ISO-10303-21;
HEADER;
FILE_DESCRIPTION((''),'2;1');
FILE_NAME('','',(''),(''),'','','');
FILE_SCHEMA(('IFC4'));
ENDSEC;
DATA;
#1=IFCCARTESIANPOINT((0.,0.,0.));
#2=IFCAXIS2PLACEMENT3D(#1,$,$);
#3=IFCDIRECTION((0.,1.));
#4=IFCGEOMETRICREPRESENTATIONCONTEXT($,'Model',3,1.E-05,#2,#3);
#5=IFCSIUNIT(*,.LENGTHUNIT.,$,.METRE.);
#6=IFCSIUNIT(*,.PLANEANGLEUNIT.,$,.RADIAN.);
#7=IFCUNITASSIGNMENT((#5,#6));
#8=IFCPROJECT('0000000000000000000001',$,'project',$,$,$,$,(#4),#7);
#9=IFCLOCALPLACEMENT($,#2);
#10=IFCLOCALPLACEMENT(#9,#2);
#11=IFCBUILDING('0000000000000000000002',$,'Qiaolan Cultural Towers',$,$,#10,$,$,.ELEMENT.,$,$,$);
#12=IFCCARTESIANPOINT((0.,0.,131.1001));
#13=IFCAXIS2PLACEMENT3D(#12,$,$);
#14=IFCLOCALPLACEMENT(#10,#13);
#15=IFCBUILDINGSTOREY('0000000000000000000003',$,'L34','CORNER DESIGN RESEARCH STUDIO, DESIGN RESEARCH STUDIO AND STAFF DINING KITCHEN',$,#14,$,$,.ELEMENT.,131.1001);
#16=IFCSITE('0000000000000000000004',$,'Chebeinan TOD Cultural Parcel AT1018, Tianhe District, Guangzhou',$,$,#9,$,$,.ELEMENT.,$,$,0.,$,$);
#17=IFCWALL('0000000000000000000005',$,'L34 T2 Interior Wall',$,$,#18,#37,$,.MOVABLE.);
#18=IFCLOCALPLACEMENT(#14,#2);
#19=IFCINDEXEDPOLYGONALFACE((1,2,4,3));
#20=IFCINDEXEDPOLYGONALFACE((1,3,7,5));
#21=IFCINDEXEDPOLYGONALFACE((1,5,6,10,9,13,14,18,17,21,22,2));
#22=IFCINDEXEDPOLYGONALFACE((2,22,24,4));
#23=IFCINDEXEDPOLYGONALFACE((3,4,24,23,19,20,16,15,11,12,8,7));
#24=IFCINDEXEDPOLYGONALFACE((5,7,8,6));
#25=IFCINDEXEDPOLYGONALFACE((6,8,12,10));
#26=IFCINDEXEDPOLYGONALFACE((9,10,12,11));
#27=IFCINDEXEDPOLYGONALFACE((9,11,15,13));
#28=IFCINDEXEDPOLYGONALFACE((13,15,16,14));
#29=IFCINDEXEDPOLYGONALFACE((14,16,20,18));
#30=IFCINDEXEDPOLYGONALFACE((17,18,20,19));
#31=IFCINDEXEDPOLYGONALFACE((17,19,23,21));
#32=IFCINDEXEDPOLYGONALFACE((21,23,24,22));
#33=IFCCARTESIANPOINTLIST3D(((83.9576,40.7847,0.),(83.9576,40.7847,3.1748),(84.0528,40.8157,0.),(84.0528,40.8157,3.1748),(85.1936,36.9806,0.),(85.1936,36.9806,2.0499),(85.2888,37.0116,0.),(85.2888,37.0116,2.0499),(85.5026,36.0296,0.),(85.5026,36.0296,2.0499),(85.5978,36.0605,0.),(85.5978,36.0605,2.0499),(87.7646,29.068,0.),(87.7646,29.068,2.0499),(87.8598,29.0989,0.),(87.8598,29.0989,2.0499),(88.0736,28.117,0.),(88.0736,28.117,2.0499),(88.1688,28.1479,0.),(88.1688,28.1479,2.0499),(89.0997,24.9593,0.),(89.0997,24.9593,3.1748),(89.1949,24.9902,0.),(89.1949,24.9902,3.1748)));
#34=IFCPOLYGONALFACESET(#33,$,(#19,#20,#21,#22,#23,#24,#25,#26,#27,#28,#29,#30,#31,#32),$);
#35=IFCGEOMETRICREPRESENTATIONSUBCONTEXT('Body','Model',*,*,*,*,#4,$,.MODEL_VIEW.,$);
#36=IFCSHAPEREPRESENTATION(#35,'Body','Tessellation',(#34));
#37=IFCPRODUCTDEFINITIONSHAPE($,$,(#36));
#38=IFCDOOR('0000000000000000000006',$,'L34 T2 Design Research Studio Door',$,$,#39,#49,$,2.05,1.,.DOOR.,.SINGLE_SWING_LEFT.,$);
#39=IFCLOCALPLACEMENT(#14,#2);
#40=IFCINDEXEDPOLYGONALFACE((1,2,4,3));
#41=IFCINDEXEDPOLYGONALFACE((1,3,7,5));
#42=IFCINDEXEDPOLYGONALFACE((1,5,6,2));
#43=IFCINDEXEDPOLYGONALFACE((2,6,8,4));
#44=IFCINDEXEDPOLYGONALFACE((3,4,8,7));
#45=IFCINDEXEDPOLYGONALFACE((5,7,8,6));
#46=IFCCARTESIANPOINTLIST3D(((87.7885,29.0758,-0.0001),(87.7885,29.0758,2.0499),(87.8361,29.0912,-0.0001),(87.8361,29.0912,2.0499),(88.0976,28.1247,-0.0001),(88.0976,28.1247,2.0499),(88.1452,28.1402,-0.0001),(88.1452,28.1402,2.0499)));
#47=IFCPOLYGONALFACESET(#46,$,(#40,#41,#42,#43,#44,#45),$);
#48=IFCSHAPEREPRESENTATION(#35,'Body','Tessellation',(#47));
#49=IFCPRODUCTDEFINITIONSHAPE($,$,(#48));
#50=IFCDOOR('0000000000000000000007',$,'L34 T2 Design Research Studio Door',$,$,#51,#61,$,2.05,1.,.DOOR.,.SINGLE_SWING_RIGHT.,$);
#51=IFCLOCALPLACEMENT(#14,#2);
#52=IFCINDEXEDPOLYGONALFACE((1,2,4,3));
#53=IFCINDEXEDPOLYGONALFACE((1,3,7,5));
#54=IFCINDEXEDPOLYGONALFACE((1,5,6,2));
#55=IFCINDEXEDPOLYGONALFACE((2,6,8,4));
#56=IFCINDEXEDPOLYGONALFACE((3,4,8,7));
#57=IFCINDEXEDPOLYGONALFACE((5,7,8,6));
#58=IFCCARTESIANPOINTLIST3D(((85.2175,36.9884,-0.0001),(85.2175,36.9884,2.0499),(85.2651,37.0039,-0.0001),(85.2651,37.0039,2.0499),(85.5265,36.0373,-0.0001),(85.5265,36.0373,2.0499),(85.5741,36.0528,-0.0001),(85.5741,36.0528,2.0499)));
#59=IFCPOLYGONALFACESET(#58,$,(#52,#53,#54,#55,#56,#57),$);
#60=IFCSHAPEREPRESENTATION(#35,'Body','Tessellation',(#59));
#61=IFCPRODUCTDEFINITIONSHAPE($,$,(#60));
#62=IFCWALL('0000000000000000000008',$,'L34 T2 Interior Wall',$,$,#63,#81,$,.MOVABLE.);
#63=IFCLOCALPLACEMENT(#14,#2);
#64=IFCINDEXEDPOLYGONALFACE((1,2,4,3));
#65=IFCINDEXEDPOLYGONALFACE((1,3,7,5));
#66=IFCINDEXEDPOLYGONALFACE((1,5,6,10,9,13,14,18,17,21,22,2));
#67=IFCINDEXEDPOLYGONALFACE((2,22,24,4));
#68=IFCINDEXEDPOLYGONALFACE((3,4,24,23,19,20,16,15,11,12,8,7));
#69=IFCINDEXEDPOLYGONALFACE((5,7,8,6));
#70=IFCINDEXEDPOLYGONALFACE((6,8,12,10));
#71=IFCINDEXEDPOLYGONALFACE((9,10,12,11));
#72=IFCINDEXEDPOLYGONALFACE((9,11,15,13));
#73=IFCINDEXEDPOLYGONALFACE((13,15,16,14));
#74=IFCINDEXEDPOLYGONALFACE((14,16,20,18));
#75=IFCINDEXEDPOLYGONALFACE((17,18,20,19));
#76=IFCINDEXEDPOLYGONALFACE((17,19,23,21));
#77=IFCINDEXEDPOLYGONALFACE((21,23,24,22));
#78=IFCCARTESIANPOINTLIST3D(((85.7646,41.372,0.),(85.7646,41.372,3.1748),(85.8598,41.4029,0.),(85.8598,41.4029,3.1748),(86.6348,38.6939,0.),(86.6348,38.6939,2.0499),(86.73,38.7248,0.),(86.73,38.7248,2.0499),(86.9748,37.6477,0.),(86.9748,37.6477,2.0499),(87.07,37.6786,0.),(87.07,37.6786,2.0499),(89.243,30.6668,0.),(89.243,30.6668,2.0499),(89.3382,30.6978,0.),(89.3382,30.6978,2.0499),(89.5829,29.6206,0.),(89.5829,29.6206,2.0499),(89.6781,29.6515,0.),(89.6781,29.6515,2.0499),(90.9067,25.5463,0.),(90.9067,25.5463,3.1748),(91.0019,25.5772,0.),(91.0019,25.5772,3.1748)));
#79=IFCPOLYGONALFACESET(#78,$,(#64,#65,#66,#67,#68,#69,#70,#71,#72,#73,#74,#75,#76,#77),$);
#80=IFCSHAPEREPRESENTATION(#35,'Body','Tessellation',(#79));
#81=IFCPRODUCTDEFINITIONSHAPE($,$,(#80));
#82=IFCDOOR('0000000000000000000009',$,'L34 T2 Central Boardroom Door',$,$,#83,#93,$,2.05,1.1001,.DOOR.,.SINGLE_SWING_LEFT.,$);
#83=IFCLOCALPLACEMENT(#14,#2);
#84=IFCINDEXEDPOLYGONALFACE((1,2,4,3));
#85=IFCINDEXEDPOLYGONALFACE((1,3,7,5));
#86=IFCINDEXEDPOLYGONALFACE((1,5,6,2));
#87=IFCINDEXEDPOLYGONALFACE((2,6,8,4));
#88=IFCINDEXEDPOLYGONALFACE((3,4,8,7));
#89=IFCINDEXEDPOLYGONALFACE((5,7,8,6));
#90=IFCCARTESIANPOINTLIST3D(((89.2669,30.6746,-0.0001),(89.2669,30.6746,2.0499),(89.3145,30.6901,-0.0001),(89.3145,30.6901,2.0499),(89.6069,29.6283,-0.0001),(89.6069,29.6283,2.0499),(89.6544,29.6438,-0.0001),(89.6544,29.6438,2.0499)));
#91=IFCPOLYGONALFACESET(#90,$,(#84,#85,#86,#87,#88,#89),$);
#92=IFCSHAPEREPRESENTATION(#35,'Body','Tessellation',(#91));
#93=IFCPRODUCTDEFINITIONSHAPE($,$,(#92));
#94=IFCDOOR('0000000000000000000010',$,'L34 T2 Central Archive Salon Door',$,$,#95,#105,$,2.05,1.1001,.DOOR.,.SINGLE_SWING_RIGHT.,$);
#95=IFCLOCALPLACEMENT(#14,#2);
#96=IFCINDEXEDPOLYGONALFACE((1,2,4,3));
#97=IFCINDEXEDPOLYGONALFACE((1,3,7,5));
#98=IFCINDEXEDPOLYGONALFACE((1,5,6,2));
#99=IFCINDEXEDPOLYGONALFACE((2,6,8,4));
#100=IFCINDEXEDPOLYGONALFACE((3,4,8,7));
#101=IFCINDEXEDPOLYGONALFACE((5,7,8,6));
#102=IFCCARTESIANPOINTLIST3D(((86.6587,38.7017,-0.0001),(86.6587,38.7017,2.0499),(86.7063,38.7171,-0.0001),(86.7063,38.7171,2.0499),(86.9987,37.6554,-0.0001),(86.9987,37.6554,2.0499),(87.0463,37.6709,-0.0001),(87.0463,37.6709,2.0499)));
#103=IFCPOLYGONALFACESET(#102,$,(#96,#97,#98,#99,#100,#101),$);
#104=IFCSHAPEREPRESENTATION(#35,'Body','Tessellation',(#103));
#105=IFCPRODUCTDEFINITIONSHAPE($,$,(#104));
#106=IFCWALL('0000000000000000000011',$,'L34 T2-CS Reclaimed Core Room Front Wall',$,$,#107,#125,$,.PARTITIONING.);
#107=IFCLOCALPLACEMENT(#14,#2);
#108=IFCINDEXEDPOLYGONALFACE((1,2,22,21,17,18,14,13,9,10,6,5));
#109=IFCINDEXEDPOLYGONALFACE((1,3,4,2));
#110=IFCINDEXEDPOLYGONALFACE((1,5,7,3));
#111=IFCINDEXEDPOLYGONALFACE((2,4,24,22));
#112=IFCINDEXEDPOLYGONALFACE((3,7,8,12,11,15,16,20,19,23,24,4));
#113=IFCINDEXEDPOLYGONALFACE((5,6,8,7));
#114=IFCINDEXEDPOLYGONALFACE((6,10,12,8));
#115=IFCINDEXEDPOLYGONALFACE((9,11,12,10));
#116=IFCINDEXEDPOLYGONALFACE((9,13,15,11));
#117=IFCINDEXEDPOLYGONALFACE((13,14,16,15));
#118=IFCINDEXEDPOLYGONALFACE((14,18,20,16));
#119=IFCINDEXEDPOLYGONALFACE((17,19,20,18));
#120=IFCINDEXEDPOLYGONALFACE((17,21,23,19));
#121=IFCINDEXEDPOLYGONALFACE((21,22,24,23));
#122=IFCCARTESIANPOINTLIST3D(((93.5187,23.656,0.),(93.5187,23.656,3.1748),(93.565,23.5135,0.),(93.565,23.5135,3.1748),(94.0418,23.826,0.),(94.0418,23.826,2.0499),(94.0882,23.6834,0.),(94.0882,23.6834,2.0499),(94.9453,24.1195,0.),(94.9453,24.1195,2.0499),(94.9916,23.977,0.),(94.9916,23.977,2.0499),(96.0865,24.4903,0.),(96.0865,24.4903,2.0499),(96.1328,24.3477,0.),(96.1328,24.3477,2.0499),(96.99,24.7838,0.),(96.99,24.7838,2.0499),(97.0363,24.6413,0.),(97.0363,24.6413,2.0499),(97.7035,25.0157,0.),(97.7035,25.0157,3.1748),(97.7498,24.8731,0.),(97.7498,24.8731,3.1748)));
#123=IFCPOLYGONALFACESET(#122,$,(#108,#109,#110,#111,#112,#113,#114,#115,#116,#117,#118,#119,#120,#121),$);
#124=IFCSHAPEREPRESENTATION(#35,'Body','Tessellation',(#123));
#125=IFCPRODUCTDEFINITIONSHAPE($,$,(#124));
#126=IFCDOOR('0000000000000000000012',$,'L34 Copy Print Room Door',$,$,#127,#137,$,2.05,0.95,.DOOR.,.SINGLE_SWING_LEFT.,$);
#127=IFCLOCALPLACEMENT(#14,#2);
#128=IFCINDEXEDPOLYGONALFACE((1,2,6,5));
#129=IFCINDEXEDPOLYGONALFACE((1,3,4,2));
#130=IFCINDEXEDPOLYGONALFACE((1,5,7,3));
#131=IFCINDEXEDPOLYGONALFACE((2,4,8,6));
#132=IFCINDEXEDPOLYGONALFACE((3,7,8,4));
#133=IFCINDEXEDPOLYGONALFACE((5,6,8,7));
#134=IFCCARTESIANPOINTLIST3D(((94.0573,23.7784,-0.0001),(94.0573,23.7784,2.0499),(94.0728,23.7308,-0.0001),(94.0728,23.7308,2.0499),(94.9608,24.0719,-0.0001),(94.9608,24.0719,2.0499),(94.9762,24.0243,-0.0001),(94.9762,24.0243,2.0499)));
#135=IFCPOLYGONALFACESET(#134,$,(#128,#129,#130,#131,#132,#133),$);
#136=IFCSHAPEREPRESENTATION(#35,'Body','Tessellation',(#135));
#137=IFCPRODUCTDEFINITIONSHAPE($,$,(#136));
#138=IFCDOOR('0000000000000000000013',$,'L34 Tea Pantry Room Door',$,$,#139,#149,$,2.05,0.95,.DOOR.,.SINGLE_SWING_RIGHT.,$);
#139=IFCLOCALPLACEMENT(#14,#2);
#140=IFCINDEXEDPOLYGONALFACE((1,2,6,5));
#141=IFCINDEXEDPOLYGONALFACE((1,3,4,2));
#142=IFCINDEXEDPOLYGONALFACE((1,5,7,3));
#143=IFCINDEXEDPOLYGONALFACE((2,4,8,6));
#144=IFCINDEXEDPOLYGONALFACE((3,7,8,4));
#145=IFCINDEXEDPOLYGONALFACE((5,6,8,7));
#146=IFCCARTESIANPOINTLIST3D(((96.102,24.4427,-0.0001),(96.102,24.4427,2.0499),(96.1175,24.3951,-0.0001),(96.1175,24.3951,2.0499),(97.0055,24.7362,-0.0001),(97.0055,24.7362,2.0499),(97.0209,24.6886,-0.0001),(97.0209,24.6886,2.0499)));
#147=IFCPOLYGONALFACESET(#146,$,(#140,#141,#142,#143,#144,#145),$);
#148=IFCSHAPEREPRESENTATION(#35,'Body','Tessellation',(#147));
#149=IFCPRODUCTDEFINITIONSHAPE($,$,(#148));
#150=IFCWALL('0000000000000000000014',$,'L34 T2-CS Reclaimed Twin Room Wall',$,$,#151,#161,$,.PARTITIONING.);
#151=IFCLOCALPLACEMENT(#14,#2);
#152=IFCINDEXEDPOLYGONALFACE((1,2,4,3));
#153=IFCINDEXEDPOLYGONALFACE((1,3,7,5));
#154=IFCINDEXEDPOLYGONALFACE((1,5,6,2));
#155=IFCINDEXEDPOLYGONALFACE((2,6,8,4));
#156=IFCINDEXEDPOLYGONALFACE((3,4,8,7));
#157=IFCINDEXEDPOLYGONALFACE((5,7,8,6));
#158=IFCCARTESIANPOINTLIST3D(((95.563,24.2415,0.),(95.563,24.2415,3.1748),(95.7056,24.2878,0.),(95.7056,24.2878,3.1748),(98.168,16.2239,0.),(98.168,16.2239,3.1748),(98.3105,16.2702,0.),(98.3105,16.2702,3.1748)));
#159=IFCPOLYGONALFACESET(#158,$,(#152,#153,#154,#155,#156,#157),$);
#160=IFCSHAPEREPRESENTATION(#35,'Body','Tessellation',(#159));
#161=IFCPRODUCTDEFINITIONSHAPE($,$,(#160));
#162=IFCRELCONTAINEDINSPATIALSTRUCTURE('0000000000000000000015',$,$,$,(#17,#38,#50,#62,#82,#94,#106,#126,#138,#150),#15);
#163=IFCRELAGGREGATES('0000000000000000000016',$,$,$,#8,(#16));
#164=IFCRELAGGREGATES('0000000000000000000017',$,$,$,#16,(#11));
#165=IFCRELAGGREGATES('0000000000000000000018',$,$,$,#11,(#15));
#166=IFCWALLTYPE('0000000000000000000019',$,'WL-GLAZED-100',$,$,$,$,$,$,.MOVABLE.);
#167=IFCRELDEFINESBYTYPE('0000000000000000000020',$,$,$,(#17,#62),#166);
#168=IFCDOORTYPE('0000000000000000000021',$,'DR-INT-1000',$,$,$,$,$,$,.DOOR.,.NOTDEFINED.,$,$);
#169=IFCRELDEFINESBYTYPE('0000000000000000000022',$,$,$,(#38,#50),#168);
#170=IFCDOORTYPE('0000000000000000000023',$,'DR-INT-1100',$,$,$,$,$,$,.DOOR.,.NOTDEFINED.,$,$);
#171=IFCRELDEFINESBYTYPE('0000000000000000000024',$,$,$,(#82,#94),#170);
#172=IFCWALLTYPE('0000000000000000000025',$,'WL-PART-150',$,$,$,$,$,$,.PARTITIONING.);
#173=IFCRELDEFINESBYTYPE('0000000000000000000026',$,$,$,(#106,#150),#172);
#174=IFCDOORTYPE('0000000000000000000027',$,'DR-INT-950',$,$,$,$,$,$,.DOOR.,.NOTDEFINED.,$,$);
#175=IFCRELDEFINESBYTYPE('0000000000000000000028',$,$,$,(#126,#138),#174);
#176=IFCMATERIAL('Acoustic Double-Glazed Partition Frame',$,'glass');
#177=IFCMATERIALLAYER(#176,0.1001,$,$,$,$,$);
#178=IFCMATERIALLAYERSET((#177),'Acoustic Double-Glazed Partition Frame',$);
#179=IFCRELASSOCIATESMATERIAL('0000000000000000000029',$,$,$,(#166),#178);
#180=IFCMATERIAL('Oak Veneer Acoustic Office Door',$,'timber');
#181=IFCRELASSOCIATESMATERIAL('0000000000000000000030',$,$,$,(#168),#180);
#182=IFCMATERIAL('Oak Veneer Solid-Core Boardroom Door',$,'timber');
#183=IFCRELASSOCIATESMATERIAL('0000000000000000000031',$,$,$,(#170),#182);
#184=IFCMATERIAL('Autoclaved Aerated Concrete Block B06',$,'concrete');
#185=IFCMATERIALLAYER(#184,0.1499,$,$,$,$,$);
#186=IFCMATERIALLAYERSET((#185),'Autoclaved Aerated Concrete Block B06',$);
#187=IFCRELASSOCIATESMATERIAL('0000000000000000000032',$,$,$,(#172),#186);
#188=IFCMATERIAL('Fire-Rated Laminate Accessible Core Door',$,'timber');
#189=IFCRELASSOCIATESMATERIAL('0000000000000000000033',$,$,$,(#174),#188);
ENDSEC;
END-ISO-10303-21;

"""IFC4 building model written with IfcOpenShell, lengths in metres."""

from ifc_helpers import new_model, si_unit, direction, frame, frame_2d, origin, place, context, subcontext, project, spatial, rectangle, extrude, material, layer, layer_set, type_object, element, fill, save


model = new_model("IFC4")

# Units and contexts
model_context = context("Model", 3, precision=1e-05, world=origin(), true_north=direction((0.0, 1.0)))
body_context = subcontext(model_context, "Body", "Model", "MODEL_VIEW")
ifc_project = project(units=[si_unit("LENGTHUNIT", "METRE"), si_unit("PLANEANGLEUNIT", "RADIAN")], contexts=[model_context])

# Site, building, storey
site_placement = place(None, origin())
site = spatial("IfcSite", under=ifc_project, at=site_placement, Name="Chebeinan TOD Cultural Parcel AT1018, Tianhe District, Guangzhou", CompositionType="ELEMENT", RefElevation=0.0)
building_placement = place(site_placement, origin())
building = spatial("IfcBuilding", under=site, at=building_placement, Name="Qiaolan Cultural Towers", CompositionType="ELEMENT")
storey_placement = place(building_placement, frame((0.0, 0.0, 131.1001)))
storey = spatial("IfcBuildingStorey", under=building, at=storey_placement, Name="L34", Description="CORNER DESIGN RESEARCH STUDIO, DESIGN RESEARCH STUDIO AND STAFF DINING KITCHEN", CompositionType="ELEMENT", Elevation=131.1001)

# Shared definitions
ifc_material_1 = material(Name="Acoustic Double-Glazed Partition Frame", Category="glass")
ifc_layer_1 = layer(ifc_material_1, 0.1001)
ifc_layer_set_1 = layer_set([ifc_layer_1], Name="Acoustic Double-Glazed Partition Frame")
wall_type_1 = type_object("IfcWallType", Name="WL-GLAZED-100", PredefinedType="MOVABLE", material=ifc_layer_set_1)

# Walls, openings, doors
wall_1_placement = place(storey_placement, frame((89.1472, 24.9749, 0.0), z_axis=(0.0, 0.0, 1.0), x_axis=(-0.309022, 0.951055, 0.0)))
wall_1 = element("IfcWall", 1, at=wall_1_placement, inside=storey, type_object=wall_type_1, Name="L34 T2 Interior Wall", PredefinedType="MOVABLE", context=body_context, shape_type="SweptSolid", body=[
    extrude(rectangle(XDim=16.6399, YDim=0.1001, at=frame_2d((8.3198, 0.0))), origin(), (0.0, 0.0, 1.0), 3.1748),
])
opening_1_placement = place(wall_1_placement, frame((3.3201, 0.0, 0.0)))
opening_1 = element("IfcOpeningElement", 2, at=opening_1_placement, cuts=wall_1, PredefinedType="OPENING", context=body_context, shape_type="SweptSolid", body=[
    extrude(rectangle(XDim=1.0, YDim=2.05, at=frame_2d((0.5, 1.0249))), frame((0.0, 0.0601, 0.0), z_axis=(0.0, -1.0, 0.0), x_axis=(1.0, 0.0, 0.0)), (0.0, 0.0, 1.0), 0.1201),
])
opening_2_placement = place(wall_1_placement, frame((11.6399, 0.0, 0.0)))
opening_2 = element("IfcOpeningElement", 3, at=opening_2_placement, cuts=wall_1, PredefinedType="OPENING", context=body_context, shape_type="SweptSolid", body=[
    extrude(rectangle(XDim=1.0, YDim=2.05, at=frame_2d((0.5, 1.0249))), frame((0.0, 0.0601, 0.0), z_axis=(0.0, -1.0, 0.0), x_axis=(1.0, 0.0, 0.0)), (0.0, 0.0, 1.0), 0.1201),
])
ifc_material_2 = material(Name="Oak Veneer Acoustic Office Door", Category="timber")
door_type_1 = type_object("IfcDoorType", Name="DR-INT-1000", OperationType="NOTDEFINED", PredefinedType="DOOR", material=ifc_material_2)
door_1_placement = place(opening_1_placement, origin())
door_1 = element("IfcDoor", 4, at=door_1_placement, inside=storey, type_object=door_type_1, Name="L34 T2 Design Research Studio Door", OperationType="SINGLE_SWING_LEFT", OverallHeight=2.05, OverallWidth=1.0, PredefinedType="DOOR", context=body_context, shape_type="SweptSolid", body=[
    extrude(rectangle(XDim=1.0, YDim=2.05, at=frame_2d((0.5, 1.0249))), frame((0.0, 0.0249, 0.0), z_axis=(0.0, -1.0, 0.0), x_axis=(1.0, 0.0, 0.0)), (0.0, 0.0, 1.0), 0.05),
])
fill(opening_1, door_1)
door_2_placement = place(opening_2_placement, origin())
door_2 = element("IfcDoor", 5, at=door_2_placement, inside=storey, type_object=door_type_1, Name="L34 T2 Design Research Studio Door", OperationType="SINGLE_SWING_RIGHT", OverallHeight=2.05, OverallWidth=1.0, PredefinedType="DOOR", context=body_context, shape_type="SweptSolid", body=[
    extrude(rectangle(XDim=1.0, YDim=2.05, at=frame_2d((0.5, 1.0249))), frame((0.0, 0.0249, 0.0), z_axis=(0.0, -1.0, 0.0), x_axis=(1.0, 0.0, 0.0)), (0.0, 0.0, 1.0), 0.05),
])
fill(opening_2, door_2)
wall_2_placement = place(storey_placement, frame((90.9543, 25.5618, 0.0), z_axis=(0.0, 0.0, 1.0), x_axis=(-0.309018, 0.951056, 0.0)))
wall_2 = element("IfcWall", 6, at=wall_2_placement, inside=storey, type_object=wall_type_1, Name="L34 T2 Interior Wall", PredefinedType="MOVABLE", context=body_context, shape_type="SweptSolid", body=[
    extrude(rectangle(XDim=16.6401, YDim=0.1001, at=frame_2d((8.3201, 0.0))), origin(), (0.0, 0.0, 1.0), 3.1748),
])
opening_3_placement = place(wall_2_placement, frame((4.2839, 0.0, 0.0)))
opening_3 = element("IfcOpeningElement", 7, at=opening_3_placement, cuts=wall_2, PredefinedType="OPENING", context=body_context, shape_type="SweptSolid", body=[
    extrude(rectangle(XDim=1.1001, YDim=2.05, at=frame_2d((0.55, 1.0249))), frame((0.0, 0.0601, 0.0), z_axis=(0.0, -1.0, 0.0), x_axis=(1.0, 0.0, 0.0)), (0.0, 0.0, 1.0), 0.1201),
])
opening_4_placement = place(wall_2_placement, frame((12.7241, 0.0, 0.0)))
opening_4 = element("IfcOpeningElement", 8, at=opening_4_placement, cuts=wall_2, PredefinedType="OPENING", context=body_context, shape_type="SweptSolid", body=[
    extrude(rectangle(XDim=1.1001, YDim=2.05, at=frame_2d((0.55, 1.0249))), frame((0.0, 0.0601, 0.0), z_axis=(0.0, -1.0, 0.0), x_axis=(1.0, 0.0, 0.0)), (0.0, 0.0, 1.0), 0.1201),
])
ifc_material_3 = material(Name="Oak Veneer Solid-Core Boardroom Door", Category="timber")
door_type_2 = type_object("IfcDoorType", Name="DR-INT-1100", OperationType="NOTDEFINED", PredefinedType="DOOR", material=ifc_material_3)
door_3_placement = place(opening_3_placement, origin())
door_3 = element("IfcDoor", 9, at=door_3_placement, inside=storey, type_object=door_type_2, Name="L34 T2 Central Boardroom Door", OperationType="SINGLE_SWING_LEFT", OverallHeight=2.05, OverallWidth=1.1001, PredefinedType="DOOR", context=body_context, shape_type="SweptSolid", body=[
    extrude(rectangle(XDim=1.1001, YDim=2.05, at=frame_2d((0.55, 1.0249))), frame((0.0, 0.0249, 0.0), z_axis=(0.0, -1.0, 0.0), x_axis=(1.0, 0.0, 0.0)), (0.0, 0.0, 1.0), 0.05),
])
fill(opening_3, door_3)
door_4_placement = place(opening_4_placement, origin())
door_4 = element("IfcDoor", 10, at=door_4_placement, inside=storey, type_object=door_type_2, Name="L34 T2 Central Archive Salon Door", OperationType="SINGLE_SWING_RIGHT", OverallHeight=2.05, OverallWidth=1.1001, PredefinedType="DOOR", context=body_context, shape_type="SweptSolid", body=[
    extrude(rectangle(XDim=1.1001, YDim=2.05, at=frame_2d((0.55, 1.0249))), frame((0.0, 0.0249, 0.0), z_axis=(0.0, -1.0, 0.0), x_axis=(1.0, 0.0, 0.0)), (0.0, 0.0, 1.0), 0.05),
])
fill(opening_4, door_4)
ifc_material_4 = material(Name="Autoclaved Aerated Concrete Block B06", Category="concrete")
ifc_layer_2 = layer(ifc_material_4, 0.1499)
ifc_layer_set_2 = layer_set([ifc_layer_2], Name="Autoclaved Aerated Concrete Block B06")
wall_type_2 = type_object("IfcWallType", Name="WL-PART-150", PredefinedType="PARTITIONING", material=ifc_layer_set_2)
wall_3_placement = place(storey_placement, frame((93.5417, 23.5847, 0.0), z_axis=(0.0, 0.0, 1.0), x_axis=(0.951064, 0.308994, 0.0)))
wall_3 = element("IfcWall", 11, at=wall_3_placement, inside=storey, type_object=wall_type_2, Name="L34 T2-CS Reclaimed Core Room Front Wall", PredefinedType="PARTITIONING", context=body_context, shape_type="SweptSolid", body=[
    extrude(rectangle(XDim=4.4001, YDim=0.1499, at=frame_2d((2.2002, 0.0))), origin(), (0.0, 0.0, 1.0), 3.1748),
])
opening_5_placement = place(wall_3_placement, frame((0.55, 0.0, 0.0)))
opening_5 = element("IfcOpeningElement", 12, at=opening_5_placement, cuts=wall_3, PredefinedType="OPENING", context=body_context, shape_type="SweptSolid", body=[
    extrude(rectangle(XDim=0.95, YDim=2.05, at=frame_2d((0.4751, 1.0249))), frame((0.0, 0.085, 0.0), z_axis=(0.0, -1.0, 0.0), x_axis=(1.0, 0.0, 0.0)), (0.0, 0.0, 1.0), 0.1699),
])
opening_6_placement = place(wall_3_placement, frame((2.7, 0.0, 0.0)))
opening_6 = element("IfcOpeningElement", 13, at=opening_6_placement, cuts=wall_3, PredefinedType="OPENING", context=body_context, shape_type="SweptSolid", body=[
    extrude(rectangle(XDim=0.95, YDim=2.05, at=frame_2d((0.4751, 1.0249))), frame((0.0, 0.085, 0.0), z_axis=(0.0, -1.0, 0.0), x_axis=(1.0, 0.0, 0.0)), (0.0, 0.0, 1.0), 0.1699),
])
ifc_material_5 = material(Name="Fire-Rated Laminate Accessible Core Door", Category="timber")
door_type_3 = type_object("IfcDoorType", Name="DR-INT-950", OperationType="NOTDEFINED", PredefinedType="DOOR", material=ifc_material_5)
door_5_placement = place(opening_5_placement, origin())
door_5 = element("IfcDoor", 14, at=door_5_placement, inside=storey, type_object=door_type_3, Name="L34 Copy Print Room Door", OperationType="SINGLE_SWING_LEFT", OverallHeight=2.05, OverallWidth=0.95, PredefinedType="DOOR", context=body_context, shape_type="SweptSolid", body=[
    extrude(rectangle(XDim=0.95, YDim=2.05, at=frame_2d((0.4751, 1.0249))), frame((0.0, 0.0249, 0.0), z_axis=(0.0, -1.0, 0.0), x_axis=(1.0, 0.0, 0.0)), (0.0, 0.0, 1.0), 0.05),
])
fill(opening_5, door_5)
door_6_placement = place(opening_6_placement, origin())
door_6 = element("IfcDoor", 15, at=door_6_placement, inside=storey, type_object=door_type_3, Name="L34 Tea Pantry Room Door", OperationType="SINGLE_SWING_RIGHT", OverallHeight=2.05, OverallWidth=0.95, PredefinedType="DOOR", context=body_context, shape_type="SweptSolid", body=[
    extrude(rectangle(XDim=0.95, YDim=2.05, at=frame_2d((0.4751, 1.0249))), frame((0.0, 0.0249, 0.0), z_axis=(0.0, -1.0, 0.0), x_axis=(1.0, 0.0, 0.0)), (0.0, 0.0, 1.0), 0.05),
])
fill(opening_6, door_6)

# Wall
wall_4_placement = place(storey_placement, frame((95.6343, 24.2646, 0.0), z_axis=(0.0, 0.0, 1.0), x_axis=(0.309007, -0.95106, 0.0)))
element("IfcWall", 16, at=wall_4_placement, inside=storey, type_object=wall_type_2, Name="L34 T2-CS Reclaimed Twin Room Wall", PredefinedType="PARTITIONING", context=body_context, shape_type="SweptSolid", body=[
    extrude(rectangle(XDim=8.4302, YDim=0.1499, at=frame_2d((4.2151, 0.0))), origin(), (0.0, 0.0, 1.0), 3.1748),
])

save(model, "model.ifc")
